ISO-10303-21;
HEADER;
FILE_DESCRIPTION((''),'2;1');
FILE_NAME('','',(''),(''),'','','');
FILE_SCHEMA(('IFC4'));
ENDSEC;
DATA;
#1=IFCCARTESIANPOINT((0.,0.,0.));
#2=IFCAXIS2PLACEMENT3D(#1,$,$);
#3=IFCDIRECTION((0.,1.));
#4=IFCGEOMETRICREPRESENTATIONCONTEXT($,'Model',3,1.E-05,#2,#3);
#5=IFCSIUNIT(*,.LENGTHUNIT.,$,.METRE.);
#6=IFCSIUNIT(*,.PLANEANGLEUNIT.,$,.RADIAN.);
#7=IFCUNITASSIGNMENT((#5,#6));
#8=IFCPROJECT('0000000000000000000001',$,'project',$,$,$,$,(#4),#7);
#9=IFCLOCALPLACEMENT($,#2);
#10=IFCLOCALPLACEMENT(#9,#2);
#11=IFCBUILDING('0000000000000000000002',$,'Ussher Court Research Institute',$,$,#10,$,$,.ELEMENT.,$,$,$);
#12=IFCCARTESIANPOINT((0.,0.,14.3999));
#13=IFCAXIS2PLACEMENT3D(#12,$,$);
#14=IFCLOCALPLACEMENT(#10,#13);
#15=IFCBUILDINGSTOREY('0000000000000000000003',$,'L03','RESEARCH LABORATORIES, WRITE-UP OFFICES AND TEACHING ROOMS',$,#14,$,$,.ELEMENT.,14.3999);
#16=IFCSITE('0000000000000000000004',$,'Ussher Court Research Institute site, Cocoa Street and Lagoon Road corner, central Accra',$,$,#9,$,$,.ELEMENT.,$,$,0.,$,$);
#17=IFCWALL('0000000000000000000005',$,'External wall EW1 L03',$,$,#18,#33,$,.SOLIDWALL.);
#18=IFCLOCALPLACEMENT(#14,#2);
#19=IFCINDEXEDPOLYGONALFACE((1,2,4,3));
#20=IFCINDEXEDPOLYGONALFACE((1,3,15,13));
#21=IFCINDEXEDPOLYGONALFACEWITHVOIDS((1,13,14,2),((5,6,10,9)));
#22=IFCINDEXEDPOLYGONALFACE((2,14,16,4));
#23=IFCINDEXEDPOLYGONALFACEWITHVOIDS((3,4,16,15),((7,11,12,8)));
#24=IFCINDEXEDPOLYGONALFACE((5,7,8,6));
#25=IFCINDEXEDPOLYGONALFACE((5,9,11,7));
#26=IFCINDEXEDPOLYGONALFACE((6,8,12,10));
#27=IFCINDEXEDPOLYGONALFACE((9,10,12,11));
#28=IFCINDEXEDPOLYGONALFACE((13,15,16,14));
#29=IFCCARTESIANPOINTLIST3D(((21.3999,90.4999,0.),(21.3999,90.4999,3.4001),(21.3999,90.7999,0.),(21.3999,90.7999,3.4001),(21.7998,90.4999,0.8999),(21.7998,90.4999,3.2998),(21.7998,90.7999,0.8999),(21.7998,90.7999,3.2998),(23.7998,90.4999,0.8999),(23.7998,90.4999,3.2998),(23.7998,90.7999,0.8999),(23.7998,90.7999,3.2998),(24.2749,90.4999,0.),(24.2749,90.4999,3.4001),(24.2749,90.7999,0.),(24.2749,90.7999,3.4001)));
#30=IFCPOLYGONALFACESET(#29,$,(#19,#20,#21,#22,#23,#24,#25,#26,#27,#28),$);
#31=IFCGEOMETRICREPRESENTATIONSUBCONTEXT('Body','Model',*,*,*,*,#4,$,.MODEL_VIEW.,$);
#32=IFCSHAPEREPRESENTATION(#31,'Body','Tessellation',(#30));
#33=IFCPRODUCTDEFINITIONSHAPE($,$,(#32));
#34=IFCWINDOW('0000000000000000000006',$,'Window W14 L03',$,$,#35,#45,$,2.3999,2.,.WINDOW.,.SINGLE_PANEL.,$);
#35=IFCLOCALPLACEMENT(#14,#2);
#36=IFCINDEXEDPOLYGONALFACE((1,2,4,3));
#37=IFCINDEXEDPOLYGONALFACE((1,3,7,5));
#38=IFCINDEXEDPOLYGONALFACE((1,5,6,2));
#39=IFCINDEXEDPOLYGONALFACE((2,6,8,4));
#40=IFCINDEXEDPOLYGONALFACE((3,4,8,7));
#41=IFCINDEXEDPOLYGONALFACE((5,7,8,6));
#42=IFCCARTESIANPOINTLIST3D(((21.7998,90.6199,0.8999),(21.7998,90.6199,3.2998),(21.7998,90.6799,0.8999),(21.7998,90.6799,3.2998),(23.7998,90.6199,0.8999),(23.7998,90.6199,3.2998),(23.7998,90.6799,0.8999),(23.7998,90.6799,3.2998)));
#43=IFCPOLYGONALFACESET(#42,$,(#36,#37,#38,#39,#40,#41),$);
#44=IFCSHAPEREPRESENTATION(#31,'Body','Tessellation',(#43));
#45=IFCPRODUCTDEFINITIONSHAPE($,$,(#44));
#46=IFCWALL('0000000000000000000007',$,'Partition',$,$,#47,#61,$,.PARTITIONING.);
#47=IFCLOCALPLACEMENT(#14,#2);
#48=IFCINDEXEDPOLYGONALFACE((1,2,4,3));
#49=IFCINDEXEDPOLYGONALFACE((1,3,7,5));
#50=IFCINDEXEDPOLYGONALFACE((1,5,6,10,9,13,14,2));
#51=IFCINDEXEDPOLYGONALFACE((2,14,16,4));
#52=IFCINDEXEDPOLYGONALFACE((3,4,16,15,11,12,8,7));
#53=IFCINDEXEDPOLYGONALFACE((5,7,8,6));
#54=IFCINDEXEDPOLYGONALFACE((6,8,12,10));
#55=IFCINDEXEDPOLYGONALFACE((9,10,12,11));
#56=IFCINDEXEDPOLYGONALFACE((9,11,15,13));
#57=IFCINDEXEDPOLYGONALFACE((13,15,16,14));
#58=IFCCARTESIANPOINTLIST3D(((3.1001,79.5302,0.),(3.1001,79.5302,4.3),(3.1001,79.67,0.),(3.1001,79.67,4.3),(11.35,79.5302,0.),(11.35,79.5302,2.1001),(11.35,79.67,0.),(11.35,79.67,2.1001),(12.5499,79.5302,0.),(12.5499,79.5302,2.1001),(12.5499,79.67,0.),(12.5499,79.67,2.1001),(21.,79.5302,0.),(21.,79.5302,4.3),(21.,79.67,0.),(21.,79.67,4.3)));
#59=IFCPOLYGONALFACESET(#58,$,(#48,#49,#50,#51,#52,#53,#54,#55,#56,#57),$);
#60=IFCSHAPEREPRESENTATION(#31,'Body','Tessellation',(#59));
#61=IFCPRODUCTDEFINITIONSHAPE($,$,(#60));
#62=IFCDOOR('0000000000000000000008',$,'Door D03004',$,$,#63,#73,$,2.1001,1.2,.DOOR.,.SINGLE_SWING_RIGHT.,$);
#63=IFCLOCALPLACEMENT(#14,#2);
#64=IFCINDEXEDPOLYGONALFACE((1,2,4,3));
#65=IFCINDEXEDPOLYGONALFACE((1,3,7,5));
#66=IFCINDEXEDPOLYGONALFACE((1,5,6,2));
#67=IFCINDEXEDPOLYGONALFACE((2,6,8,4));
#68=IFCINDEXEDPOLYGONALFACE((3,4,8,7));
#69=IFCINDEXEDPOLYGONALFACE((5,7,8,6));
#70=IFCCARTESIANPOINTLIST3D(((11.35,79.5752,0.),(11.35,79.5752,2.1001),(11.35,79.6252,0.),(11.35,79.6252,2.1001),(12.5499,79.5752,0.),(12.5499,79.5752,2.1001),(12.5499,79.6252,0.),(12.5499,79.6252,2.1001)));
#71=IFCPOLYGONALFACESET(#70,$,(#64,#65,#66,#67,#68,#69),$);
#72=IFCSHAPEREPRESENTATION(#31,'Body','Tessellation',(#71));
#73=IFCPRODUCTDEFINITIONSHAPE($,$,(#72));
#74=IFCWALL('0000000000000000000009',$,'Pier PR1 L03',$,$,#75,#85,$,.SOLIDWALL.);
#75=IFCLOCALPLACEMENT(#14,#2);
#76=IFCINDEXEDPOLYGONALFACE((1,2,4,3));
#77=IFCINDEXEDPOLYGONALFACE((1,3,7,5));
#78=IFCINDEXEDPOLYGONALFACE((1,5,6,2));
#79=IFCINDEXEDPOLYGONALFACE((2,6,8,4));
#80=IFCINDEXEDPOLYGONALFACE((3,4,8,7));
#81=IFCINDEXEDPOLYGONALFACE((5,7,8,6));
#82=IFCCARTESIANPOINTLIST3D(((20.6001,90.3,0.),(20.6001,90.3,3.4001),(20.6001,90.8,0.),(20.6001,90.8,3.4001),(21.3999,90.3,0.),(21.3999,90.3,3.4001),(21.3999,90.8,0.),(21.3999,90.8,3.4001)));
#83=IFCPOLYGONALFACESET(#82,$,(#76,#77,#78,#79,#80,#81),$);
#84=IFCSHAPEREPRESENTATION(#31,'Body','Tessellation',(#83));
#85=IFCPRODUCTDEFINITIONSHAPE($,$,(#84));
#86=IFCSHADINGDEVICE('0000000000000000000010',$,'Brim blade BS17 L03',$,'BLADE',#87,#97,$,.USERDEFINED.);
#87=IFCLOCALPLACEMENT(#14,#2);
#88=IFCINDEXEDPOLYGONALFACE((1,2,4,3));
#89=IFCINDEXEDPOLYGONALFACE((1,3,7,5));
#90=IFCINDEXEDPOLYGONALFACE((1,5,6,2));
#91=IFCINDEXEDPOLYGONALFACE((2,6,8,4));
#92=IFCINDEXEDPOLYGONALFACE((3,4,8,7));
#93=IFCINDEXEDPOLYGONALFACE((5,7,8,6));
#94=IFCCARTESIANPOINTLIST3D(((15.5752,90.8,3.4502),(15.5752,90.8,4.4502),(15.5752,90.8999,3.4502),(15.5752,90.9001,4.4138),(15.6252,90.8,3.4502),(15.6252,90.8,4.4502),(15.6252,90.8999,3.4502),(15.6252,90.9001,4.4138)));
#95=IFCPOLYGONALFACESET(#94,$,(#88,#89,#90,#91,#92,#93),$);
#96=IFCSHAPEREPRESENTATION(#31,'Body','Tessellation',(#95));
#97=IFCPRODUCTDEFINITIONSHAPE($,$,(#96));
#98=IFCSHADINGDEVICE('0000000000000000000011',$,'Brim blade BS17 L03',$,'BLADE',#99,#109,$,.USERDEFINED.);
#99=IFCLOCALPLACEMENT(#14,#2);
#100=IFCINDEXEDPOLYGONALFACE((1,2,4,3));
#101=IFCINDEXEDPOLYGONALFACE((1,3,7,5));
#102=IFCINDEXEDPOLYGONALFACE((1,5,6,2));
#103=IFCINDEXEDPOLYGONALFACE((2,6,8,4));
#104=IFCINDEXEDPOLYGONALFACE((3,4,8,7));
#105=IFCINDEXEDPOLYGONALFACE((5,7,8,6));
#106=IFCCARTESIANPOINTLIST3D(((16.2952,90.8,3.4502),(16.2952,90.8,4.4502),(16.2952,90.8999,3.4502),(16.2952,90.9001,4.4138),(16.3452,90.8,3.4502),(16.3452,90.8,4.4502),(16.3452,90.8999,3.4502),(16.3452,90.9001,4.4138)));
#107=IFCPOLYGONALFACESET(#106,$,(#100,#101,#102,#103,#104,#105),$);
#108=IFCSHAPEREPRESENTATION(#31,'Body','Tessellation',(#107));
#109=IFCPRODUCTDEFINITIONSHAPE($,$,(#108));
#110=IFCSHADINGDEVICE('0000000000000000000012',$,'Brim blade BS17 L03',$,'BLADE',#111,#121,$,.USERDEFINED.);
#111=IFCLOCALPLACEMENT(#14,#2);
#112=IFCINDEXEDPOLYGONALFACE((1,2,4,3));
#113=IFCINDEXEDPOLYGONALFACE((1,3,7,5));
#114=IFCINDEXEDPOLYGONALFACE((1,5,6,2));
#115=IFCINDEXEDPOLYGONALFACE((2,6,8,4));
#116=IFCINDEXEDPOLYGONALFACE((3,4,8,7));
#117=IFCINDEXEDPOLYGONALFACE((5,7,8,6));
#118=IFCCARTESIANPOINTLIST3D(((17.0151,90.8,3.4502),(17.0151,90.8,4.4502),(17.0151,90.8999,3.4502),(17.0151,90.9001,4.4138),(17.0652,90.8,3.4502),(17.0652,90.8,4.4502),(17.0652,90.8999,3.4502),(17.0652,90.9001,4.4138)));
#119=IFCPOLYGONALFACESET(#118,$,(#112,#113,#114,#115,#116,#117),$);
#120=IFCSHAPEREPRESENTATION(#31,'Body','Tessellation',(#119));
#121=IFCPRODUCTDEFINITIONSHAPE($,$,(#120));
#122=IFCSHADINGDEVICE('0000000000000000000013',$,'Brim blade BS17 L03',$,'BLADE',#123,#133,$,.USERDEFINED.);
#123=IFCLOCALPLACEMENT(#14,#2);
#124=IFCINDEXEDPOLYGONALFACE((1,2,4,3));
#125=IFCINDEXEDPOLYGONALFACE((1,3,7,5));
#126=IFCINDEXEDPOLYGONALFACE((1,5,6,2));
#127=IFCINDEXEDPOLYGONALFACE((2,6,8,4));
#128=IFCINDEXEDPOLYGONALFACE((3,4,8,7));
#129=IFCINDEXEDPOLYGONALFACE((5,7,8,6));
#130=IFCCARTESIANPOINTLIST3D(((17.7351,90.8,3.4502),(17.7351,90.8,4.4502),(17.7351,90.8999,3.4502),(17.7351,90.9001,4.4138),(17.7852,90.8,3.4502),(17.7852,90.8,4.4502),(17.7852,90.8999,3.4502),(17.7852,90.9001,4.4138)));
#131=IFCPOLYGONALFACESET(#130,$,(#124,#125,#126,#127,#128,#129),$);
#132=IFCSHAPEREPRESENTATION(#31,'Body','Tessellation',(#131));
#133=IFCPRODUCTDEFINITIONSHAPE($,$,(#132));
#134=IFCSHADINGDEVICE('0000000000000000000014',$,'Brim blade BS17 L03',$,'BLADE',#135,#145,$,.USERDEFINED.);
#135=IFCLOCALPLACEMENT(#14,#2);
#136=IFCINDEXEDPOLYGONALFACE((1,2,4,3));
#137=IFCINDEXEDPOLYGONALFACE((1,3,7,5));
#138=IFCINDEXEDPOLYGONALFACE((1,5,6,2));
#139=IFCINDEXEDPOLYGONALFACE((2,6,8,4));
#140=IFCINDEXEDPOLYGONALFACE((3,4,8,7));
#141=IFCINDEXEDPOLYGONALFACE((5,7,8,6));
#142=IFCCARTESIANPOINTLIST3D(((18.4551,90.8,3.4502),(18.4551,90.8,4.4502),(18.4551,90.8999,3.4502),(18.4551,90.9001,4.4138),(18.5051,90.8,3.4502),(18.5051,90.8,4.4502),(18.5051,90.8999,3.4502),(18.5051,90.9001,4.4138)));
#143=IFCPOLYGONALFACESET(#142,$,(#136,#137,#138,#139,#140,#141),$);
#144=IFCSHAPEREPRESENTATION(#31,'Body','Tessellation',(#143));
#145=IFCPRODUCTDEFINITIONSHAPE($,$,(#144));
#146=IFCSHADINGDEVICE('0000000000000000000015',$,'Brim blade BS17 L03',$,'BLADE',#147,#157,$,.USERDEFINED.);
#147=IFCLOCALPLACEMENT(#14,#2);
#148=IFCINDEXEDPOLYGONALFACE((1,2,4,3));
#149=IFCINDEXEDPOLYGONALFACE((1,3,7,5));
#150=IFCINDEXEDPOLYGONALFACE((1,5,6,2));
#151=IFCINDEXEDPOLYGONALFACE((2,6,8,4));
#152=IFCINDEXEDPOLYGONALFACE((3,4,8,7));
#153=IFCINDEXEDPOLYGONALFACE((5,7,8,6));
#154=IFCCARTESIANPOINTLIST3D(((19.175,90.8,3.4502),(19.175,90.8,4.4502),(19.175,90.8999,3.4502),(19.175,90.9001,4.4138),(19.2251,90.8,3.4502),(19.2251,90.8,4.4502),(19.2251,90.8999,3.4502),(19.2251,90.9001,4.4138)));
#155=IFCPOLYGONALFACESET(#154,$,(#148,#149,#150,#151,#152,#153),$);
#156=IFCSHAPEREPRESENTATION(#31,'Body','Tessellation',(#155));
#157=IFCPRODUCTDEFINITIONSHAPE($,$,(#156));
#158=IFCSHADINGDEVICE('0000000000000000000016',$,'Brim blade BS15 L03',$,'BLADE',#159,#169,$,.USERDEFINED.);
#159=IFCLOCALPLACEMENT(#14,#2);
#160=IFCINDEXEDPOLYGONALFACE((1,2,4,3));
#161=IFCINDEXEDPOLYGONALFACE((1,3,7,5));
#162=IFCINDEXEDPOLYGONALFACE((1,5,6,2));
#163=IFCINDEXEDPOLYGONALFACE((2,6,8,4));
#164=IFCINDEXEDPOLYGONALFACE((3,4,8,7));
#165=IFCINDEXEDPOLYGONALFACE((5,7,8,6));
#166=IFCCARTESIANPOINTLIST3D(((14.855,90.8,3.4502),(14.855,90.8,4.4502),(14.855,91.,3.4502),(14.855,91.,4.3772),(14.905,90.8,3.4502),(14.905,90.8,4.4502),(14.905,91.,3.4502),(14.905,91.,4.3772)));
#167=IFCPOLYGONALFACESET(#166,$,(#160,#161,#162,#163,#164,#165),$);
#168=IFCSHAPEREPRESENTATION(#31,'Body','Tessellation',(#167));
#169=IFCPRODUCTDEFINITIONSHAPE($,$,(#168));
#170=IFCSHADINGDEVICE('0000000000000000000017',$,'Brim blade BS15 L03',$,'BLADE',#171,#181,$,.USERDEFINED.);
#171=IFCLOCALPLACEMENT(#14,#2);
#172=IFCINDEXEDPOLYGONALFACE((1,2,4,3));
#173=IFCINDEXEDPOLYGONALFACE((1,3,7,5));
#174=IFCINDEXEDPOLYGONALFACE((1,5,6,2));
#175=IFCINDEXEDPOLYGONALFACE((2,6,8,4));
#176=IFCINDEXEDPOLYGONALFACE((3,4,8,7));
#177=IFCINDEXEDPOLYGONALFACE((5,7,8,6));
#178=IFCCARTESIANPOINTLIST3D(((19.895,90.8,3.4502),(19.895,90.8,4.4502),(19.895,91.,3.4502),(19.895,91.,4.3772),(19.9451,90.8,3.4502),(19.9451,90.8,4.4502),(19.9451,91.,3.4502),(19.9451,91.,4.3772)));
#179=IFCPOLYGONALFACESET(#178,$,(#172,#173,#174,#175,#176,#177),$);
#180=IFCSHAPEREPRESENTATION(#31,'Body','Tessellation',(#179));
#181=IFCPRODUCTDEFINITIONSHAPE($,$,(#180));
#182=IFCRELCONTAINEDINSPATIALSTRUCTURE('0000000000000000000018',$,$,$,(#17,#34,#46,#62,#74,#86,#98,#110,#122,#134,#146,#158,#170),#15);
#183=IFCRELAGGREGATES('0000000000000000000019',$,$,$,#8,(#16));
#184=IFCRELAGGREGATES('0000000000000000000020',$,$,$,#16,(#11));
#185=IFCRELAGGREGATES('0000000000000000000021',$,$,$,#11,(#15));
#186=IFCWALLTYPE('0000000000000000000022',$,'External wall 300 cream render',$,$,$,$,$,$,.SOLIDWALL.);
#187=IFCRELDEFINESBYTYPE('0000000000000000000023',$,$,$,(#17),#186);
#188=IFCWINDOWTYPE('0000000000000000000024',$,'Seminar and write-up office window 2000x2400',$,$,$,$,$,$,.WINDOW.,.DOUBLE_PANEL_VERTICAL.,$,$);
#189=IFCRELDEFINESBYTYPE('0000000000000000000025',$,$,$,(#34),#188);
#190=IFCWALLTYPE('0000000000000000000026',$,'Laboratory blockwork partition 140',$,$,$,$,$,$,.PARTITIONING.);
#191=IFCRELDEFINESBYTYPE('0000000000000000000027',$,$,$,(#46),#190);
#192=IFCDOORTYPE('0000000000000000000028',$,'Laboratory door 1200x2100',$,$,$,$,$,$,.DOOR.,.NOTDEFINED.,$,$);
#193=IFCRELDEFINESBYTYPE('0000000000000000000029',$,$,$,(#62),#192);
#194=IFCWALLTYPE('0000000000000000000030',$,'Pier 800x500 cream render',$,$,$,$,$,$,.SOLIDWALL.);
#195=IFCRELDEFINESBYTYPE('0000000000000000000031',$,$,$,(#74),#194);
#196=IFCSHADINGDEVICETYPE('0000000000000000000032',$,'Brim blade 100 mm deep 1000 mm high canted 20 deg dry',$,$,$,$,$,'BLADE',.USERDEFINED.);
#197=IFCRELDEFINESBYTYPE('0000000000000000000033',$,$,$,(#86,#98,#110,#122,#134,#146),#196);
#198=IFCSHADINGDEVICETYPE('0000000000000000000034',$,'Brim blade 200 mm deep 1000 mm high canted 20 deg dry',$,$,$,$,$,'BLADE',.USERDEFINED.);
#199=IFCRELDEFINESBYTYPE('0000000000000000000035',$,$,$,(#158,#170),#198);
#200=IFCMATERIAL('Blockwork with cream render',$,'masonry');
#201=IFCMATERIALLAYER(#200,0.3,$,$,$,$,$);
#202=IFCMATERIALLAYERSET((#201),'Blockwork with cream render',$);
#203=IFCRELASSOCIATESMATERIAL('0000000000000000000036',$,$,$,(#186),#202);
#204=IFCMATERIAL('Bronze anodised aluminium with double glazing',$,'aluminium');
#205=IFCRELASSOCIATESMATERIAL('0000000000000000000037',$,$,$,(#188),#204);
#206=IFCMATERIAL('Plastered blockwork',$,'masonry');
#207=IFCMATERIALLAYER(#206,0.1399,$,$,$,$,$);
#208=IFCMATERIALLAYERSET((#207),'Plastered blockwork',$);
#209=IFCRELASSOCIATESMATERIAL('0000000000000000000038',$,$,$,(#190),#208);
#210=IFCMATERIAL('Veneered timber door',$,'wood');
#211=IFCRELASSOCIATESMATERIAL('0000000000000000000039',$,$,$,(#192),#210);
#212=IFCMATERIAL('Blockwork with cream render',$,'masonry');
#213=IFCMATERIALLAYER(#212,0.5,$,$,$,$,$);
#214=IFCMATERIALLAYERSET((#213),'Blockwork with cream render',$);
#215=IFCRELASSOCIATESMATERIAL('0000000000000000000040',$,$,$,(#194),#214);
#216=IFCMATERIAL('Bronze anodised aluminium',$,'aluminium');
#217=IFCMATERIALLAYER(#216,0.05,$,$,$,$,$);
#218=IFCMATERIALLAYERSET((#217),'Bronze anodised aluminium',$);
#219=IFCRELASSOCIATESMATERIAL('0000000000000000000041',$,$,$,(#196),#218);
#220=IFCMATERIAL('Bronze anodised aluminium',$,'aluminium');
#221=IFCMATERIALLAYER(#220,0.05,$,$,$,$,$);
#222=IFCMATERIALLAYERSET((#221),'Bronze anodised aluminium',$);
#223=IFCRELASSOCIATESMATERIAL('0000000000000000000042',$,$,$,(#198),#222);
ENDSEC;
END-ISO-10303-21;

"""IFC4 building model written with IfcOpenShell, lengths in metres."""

from ifc_helpers import new_model, si_unit, direction, frame, frame_2d, origin, place, context, subcontext, project, spatial, polyline, rectangle, outline, extrude, material, layer, layer_set, type_object, element, fill, save


model = new_model("IFC4")

# Units and contexts
model_context = context("Model", 3, precision=1e-05, world=origin(), true_north=direction((0.0, 1.0)))
body_context = subcontext(model_context, "Body", "Model", "MODEL_VIEW")
ifc_project = project(units=[si_unit("LENGTHUNIT", "METRE"), si_unit("PLANEANGLEUNIT", "RADIAN")], contexts=[model_context])

# Site, building, storey
site_placement = place(None, origin())
site = spatial("IfcSite", under=ifc_project, at=site_placement, Name="Ussher Court Research Institute site, Cocoa Street and Lagoon Road corner, central Accra", CompositionType="ELEMENT", RefElevation=0.0)
building_placement = place(site_placement, origin())
building = spatial("IfcBuilding", under=site, at=building_placement, Name="Ussher Court Research Institute", CompositionType="ELEMENT")
storey_placement = place(building_placement, frame((0.0, 0.0, 14.3999)))
storey = spatial("IfcBuildingStorey", under=building, at=storey_placement, Name="L03", Description="RESEARCH LABORATORIES, WRITE-UP OFFICES AND TEACHING ROOMS", CompositionType="ELEMENT", Elevation=14.3999)

# Wall, opening, window
ifc_material_1 = material(Name="Blockwork with cream render", Category="masonry")
ifc_layer_1 = layer(ifc_material_1, 0.3)
ifc_layer_set_1 = layer_set([ifc_layer_1], Name="Blockwork with cream render")
wall_type_1 = type_object("IfcWallType", Name="External wall 300 cream render", PredefinedType="SOLIDWALL", material=ifc_layer_set_1)
ifc_material_2 = material(Name="Bronze anodised aluminium with double glazing", Category="aluminium")
window_type = type_object("IfcWindowType", Name="Seminar and write-up office window 2000x2400", PartitioningType="DOUBLE_PANEL_VERTICAL", PredefinedType="WINDOW", material=ifc_material_2)
wall_1_placement = place(storey_placement, frame((21.3999, 90.6499, 0.0), z_axis=(0.0, 0.0, 1.0), x_axis=(1.0, 0.0, 0.0)))
wall_1 = element("IfcWall", 1, at=wall_1_placement, inside=storey, type_object=wall_type_1, Name="External wall EW1 L03", PredefinedType="SOLIDWALL", context=body_context, shape_type="SweptSolid", body=[
    extrude(rectangle(XDim=2.875, YDim=0.3, at=frame_2d((1.4375, 0.0))), origin(), (0.0, 0.0, 1.0), 3.4001),
])
opening_1_placement = place(wall_1_placement, frame((0.3999, 0.0, 0.8999)))
opening_1 = element("IfcOpeningElement", 2, at=opening_1_placement, cuts=wall_1, PredefinedType="OPENING", context=body_context, shape_type="SweptSolid", body=[
    extrude(rectangle(XDim=2.0, YDim=2.3999, at=frame_2d((1.0, 1.2))), frame((0.0, 0.1602, 0.0), z_axis=(0.0, -1.0, 0.0), x_axis=(1.0, 0.0, 0.0)), (0.0, 0.0, 1.0), 0.3201),
])
window_1_placement = place(opening_1_placement, origin())
window_1 = element("IfcWindow", 3, at=window_1_placement, inside=storey, type_object=window_type, Name="Window W14 L03", OverallHeight=2.3999, OverallWidth=2.0, PartitioningType="SINGLE_PANEL", PredefinedType="WINDOW", context=body_context, shape_type="SweptSolid", body=[
    extrude(rectangle(XDim=2.0, YDim=2.3999, at=frame_2d((1.0, 1.2))), frame((0.0, 0.03, 0.0), z_axis=(0.0, -1.0, 0.0), x_axis=(1.0, 0.0, 0.0)), (0.0, 0.0, 1.0), 0.0601),
])
fill(opening_1, window_1)

# Wall, opening, door
ifc_material_3 = material(Name="Plastered blockwork", Category="masonry")
ifc_layer_2 = layer(ifc_material_3, 0.1399)
ifc_layer_set_2 = layer_set([ifc_layer_2], Name="Plastered blockwork")
wall_type_2 = type_object("IfcWallType", Name="Laboratory blockwork partition 140", PredefinedType="PARTITIONING", material=ifc_layer_set_2)
wall_2_placement = place(storey_placement, frame((21.0, 79.6001, 0.0), z_axis=(0.0, 0.0, 1.0), x_axis=(-1.0, 0.0, 0.0)))
wall_2 = element("IfcWall", 4, at=wall_2_placement, inside=storey, type_object=wall_type_2, Name="Partition", PredefinedType="PARTITIONING", context=body_context, shape_type="SweptSolid", body=[
    extrude(rectangle(XDim=17.8999, YDim=0.1399, at=frame_2d((8.95, 0.0))), origin(), (0.0, 0.0, 1.0), 4.3),
])
opening_2_placement = place(wall_2_placement, frame((8.45, 0.0, 0.0)))
opening_2 = element("IfcOpeningElement", 5, at=opening_2_placement, cuts=wall_2, PredefinedType="OPENING", context=body_context, shape_type="SweptSolid", body=[
    extrude(rectangle(XDim=1.2, YDim=2.1001, at=frame_2d((0.6001, 1.05))), frame((0.0, 0.0801, 0.0), z_axis=(0.0, -1.0, 0.0), x_axis=(1.0, 0.0, 0.0)), (0.0, 0.0, 1.0), 0.1599),
])
ifc_material_4 = material(Name="Veneered timber door", Category="wood")
door_type = type_object("IfcDoorType", Name="Laboratory door 1200x2100", OperationType="NOTDEFINED", PredefinedType="DOOR", material=ifc_material_4)
door_placement = place(opening_2_placement, origin())
door = element("IfcDoor", 6, at=door_placement, inside=storey, type_object=door_type, Name="Door D03004", OperationType="SINGLE_SWING_RIGHT", OverallHeight=2.1001, OverallWidth=1.2, PredefinedType="DOOR", context=body_context, shape_type="SweptSolid", body=[
    extrude(rectangle(XDim=1.2, YDim=2.1001, at=frame_2d((0.6001, 1.05))), frame((0.0, 0.0249, 0.0), z_axis=(0.0, -1.0, 0.0), x_axis=(1.0, 0.0, 0.0)), (0.0, 0.0, 1.0), 0.05),
])
fill(opening_2, door)

# Wall
ifc_material_5 = material(Name="Blockwork with cream render", Category="masonry")
ifc_layer_3 = layer(ifc_material_5, 0.5)
ifc_layer_set_3 = layer_set([ifc_layer_3], Name="Blockwork with cream render")
wall_type_3 = type_object("IfcWallType", Name="Pier 800x500 cream render", PredefinedType="SOLIDWALL", material=ifc_layer_set_3)
wall_3_placement = place(storey_placement, frame((20.6001, 90.55, 0.0), z_axis=(0.0, 0.0, 1.0), x_axis=(1.0, 0.0, 0.0)))
element("IfcWall", 7, at=wall_3_placement, inside=storey, type_object=wall_type_3, Name="Pier PR1 L03", PredefinedType="SOLIDWALL", context=body_context, shape_type="SweptSolid", body=[
    extrude(rectangle(XDim=0.7998, YDim=0.5, at=frame_2d((0.3999, 0.0))), origin(), (0.0, 0.0, 1.0), 3.4001),
])

# Shading devices
ifc_material_6 = material(Name="Bronze anodised aluminium", Category="aluminium")
ifc_layer_4 = layer(ifc_material_6, 0.05)
ifc_layer_set_4 = layer_set([ifc_layer_4], Name="Bronze anodised aluminium")
shading_device_type_1 = type_object("IfcShadingDeviceType", Name="Brim blade 100 mm deep 1000 mm high canted 20 deg dry", ElementType="BLADE", PredefinedType="USERDEFINED", material=ifc_layer_set_4)
for number, where, z_axis, x_axis, name in (
    (8, (15.6001, 90.8, 3.4502), (0.0, 0.0, 1.0), (0.0, 1.0, 0.0), "Brim blade BS17 L03"),
    (9, (16.3201, 90.8, 3.4502), (0.0, 0.0, 1.0), (0.0, 1.0, 0.0), "Brim blade BS17 L03"),
    (10, (17.04, 90.8, 3.4502), (0.0, 0.0, 1.0), (0.0, 1.0, 0.0), "Brim blade BS17 L03"),
    (11, (17.76, 90.8, 3.4502), (0.0, 0.0, 1.0), (0.0, 1.0, 0.0), "Brim blade BS17 L03"),
    (12, (18.48, 90.8, 3.4502), (0.0, 0.0, 1.0), (0.0, 1.0, 0.0), "Brim blade BS17 L03"),
    (13, (19.2, 90.8, 3.4502), (0.0, 0.0, 1.0), (0.0, 1.0, 0.0), "Brim blade BS17 L03"),
):
    element("IfcShadingDevice", number, at=place(storey_placement, frame(where, z_axis=z_axis, x_axis=x_axis)), inside=storey, type_object=shading_device_type_1, Name=name, ObjectType="BLADE", PredefinedType="USERDEFINED", context=body_context, shape_type="SweptSolid", body=[
        extrude(outline(polyline([(0.0, 0.0), (0.0999, 0.0), (0.1001, 0.9636), (0.0, 1.0), (0.0, 0.0)])), frame((0.0, 0.0249, 0.0), z_axis=(0.0, -1.0, 0.0), x_axis=(1.0, 0.0, 0.0)), (0.0, 0.0, 1.0), 0.05),
    ])
ifc_material_7 = material(Name="Bronze anodised aluminium", Category="aluminium")
ifc_layer_5 = layer(ifc_material_7, 0.05)
ifc_layer_set_5 = layer_set([ifc_layer_5], Name="Bronze anodised aluminium")
shading_device_type_2 = type_object("IfcShadingDeviceType", Name="Brim blade 200 mm deep 1000 mm high canted 20 deg dry", ElementType="BLADE", PredefinedType="USERDEFINED", material=ifc_layer_set_5)
for number, where, z_axis, x_axis, name in (
    (14, (14.8799, 90.8, 3.4502), (0.0, 0.0, 1.0), (0.0, 1.0, 0.0), "Brim blade BS15 L03"),
    (15, (19.9199, 90.8, 3.4502), (0.0, 0.0, 1.0), (0.0, 1.0, 0.0), "Brim blade BS15 L03"),
):
    element("IfcShadingDevice", number, at=place(storey_placement, frame(where, z_axis=z_axis, x_axis=x_axis)), inside=storey, type_object=shading_device_type_2, Name=name, ObjectType="BLADE", PredefinedType="USERDEFINED", context=body_context, shape_type="SweptSolid", body=[
        extrude(outline(polyline([(0.0, 0.0), (0.2, 0.0), (0.2, 0.927), (0.0, 1.0), (0.0, 0.0)])), frame((0.0, 0.0249, 0.0), z_axis=(0.0, -1.0, 0.0), x_axis=(1.0, 0.0, 0.0)), (0.0, 0.0, 1.0), 0.05),
    ])

save(model, "model.ifc")
